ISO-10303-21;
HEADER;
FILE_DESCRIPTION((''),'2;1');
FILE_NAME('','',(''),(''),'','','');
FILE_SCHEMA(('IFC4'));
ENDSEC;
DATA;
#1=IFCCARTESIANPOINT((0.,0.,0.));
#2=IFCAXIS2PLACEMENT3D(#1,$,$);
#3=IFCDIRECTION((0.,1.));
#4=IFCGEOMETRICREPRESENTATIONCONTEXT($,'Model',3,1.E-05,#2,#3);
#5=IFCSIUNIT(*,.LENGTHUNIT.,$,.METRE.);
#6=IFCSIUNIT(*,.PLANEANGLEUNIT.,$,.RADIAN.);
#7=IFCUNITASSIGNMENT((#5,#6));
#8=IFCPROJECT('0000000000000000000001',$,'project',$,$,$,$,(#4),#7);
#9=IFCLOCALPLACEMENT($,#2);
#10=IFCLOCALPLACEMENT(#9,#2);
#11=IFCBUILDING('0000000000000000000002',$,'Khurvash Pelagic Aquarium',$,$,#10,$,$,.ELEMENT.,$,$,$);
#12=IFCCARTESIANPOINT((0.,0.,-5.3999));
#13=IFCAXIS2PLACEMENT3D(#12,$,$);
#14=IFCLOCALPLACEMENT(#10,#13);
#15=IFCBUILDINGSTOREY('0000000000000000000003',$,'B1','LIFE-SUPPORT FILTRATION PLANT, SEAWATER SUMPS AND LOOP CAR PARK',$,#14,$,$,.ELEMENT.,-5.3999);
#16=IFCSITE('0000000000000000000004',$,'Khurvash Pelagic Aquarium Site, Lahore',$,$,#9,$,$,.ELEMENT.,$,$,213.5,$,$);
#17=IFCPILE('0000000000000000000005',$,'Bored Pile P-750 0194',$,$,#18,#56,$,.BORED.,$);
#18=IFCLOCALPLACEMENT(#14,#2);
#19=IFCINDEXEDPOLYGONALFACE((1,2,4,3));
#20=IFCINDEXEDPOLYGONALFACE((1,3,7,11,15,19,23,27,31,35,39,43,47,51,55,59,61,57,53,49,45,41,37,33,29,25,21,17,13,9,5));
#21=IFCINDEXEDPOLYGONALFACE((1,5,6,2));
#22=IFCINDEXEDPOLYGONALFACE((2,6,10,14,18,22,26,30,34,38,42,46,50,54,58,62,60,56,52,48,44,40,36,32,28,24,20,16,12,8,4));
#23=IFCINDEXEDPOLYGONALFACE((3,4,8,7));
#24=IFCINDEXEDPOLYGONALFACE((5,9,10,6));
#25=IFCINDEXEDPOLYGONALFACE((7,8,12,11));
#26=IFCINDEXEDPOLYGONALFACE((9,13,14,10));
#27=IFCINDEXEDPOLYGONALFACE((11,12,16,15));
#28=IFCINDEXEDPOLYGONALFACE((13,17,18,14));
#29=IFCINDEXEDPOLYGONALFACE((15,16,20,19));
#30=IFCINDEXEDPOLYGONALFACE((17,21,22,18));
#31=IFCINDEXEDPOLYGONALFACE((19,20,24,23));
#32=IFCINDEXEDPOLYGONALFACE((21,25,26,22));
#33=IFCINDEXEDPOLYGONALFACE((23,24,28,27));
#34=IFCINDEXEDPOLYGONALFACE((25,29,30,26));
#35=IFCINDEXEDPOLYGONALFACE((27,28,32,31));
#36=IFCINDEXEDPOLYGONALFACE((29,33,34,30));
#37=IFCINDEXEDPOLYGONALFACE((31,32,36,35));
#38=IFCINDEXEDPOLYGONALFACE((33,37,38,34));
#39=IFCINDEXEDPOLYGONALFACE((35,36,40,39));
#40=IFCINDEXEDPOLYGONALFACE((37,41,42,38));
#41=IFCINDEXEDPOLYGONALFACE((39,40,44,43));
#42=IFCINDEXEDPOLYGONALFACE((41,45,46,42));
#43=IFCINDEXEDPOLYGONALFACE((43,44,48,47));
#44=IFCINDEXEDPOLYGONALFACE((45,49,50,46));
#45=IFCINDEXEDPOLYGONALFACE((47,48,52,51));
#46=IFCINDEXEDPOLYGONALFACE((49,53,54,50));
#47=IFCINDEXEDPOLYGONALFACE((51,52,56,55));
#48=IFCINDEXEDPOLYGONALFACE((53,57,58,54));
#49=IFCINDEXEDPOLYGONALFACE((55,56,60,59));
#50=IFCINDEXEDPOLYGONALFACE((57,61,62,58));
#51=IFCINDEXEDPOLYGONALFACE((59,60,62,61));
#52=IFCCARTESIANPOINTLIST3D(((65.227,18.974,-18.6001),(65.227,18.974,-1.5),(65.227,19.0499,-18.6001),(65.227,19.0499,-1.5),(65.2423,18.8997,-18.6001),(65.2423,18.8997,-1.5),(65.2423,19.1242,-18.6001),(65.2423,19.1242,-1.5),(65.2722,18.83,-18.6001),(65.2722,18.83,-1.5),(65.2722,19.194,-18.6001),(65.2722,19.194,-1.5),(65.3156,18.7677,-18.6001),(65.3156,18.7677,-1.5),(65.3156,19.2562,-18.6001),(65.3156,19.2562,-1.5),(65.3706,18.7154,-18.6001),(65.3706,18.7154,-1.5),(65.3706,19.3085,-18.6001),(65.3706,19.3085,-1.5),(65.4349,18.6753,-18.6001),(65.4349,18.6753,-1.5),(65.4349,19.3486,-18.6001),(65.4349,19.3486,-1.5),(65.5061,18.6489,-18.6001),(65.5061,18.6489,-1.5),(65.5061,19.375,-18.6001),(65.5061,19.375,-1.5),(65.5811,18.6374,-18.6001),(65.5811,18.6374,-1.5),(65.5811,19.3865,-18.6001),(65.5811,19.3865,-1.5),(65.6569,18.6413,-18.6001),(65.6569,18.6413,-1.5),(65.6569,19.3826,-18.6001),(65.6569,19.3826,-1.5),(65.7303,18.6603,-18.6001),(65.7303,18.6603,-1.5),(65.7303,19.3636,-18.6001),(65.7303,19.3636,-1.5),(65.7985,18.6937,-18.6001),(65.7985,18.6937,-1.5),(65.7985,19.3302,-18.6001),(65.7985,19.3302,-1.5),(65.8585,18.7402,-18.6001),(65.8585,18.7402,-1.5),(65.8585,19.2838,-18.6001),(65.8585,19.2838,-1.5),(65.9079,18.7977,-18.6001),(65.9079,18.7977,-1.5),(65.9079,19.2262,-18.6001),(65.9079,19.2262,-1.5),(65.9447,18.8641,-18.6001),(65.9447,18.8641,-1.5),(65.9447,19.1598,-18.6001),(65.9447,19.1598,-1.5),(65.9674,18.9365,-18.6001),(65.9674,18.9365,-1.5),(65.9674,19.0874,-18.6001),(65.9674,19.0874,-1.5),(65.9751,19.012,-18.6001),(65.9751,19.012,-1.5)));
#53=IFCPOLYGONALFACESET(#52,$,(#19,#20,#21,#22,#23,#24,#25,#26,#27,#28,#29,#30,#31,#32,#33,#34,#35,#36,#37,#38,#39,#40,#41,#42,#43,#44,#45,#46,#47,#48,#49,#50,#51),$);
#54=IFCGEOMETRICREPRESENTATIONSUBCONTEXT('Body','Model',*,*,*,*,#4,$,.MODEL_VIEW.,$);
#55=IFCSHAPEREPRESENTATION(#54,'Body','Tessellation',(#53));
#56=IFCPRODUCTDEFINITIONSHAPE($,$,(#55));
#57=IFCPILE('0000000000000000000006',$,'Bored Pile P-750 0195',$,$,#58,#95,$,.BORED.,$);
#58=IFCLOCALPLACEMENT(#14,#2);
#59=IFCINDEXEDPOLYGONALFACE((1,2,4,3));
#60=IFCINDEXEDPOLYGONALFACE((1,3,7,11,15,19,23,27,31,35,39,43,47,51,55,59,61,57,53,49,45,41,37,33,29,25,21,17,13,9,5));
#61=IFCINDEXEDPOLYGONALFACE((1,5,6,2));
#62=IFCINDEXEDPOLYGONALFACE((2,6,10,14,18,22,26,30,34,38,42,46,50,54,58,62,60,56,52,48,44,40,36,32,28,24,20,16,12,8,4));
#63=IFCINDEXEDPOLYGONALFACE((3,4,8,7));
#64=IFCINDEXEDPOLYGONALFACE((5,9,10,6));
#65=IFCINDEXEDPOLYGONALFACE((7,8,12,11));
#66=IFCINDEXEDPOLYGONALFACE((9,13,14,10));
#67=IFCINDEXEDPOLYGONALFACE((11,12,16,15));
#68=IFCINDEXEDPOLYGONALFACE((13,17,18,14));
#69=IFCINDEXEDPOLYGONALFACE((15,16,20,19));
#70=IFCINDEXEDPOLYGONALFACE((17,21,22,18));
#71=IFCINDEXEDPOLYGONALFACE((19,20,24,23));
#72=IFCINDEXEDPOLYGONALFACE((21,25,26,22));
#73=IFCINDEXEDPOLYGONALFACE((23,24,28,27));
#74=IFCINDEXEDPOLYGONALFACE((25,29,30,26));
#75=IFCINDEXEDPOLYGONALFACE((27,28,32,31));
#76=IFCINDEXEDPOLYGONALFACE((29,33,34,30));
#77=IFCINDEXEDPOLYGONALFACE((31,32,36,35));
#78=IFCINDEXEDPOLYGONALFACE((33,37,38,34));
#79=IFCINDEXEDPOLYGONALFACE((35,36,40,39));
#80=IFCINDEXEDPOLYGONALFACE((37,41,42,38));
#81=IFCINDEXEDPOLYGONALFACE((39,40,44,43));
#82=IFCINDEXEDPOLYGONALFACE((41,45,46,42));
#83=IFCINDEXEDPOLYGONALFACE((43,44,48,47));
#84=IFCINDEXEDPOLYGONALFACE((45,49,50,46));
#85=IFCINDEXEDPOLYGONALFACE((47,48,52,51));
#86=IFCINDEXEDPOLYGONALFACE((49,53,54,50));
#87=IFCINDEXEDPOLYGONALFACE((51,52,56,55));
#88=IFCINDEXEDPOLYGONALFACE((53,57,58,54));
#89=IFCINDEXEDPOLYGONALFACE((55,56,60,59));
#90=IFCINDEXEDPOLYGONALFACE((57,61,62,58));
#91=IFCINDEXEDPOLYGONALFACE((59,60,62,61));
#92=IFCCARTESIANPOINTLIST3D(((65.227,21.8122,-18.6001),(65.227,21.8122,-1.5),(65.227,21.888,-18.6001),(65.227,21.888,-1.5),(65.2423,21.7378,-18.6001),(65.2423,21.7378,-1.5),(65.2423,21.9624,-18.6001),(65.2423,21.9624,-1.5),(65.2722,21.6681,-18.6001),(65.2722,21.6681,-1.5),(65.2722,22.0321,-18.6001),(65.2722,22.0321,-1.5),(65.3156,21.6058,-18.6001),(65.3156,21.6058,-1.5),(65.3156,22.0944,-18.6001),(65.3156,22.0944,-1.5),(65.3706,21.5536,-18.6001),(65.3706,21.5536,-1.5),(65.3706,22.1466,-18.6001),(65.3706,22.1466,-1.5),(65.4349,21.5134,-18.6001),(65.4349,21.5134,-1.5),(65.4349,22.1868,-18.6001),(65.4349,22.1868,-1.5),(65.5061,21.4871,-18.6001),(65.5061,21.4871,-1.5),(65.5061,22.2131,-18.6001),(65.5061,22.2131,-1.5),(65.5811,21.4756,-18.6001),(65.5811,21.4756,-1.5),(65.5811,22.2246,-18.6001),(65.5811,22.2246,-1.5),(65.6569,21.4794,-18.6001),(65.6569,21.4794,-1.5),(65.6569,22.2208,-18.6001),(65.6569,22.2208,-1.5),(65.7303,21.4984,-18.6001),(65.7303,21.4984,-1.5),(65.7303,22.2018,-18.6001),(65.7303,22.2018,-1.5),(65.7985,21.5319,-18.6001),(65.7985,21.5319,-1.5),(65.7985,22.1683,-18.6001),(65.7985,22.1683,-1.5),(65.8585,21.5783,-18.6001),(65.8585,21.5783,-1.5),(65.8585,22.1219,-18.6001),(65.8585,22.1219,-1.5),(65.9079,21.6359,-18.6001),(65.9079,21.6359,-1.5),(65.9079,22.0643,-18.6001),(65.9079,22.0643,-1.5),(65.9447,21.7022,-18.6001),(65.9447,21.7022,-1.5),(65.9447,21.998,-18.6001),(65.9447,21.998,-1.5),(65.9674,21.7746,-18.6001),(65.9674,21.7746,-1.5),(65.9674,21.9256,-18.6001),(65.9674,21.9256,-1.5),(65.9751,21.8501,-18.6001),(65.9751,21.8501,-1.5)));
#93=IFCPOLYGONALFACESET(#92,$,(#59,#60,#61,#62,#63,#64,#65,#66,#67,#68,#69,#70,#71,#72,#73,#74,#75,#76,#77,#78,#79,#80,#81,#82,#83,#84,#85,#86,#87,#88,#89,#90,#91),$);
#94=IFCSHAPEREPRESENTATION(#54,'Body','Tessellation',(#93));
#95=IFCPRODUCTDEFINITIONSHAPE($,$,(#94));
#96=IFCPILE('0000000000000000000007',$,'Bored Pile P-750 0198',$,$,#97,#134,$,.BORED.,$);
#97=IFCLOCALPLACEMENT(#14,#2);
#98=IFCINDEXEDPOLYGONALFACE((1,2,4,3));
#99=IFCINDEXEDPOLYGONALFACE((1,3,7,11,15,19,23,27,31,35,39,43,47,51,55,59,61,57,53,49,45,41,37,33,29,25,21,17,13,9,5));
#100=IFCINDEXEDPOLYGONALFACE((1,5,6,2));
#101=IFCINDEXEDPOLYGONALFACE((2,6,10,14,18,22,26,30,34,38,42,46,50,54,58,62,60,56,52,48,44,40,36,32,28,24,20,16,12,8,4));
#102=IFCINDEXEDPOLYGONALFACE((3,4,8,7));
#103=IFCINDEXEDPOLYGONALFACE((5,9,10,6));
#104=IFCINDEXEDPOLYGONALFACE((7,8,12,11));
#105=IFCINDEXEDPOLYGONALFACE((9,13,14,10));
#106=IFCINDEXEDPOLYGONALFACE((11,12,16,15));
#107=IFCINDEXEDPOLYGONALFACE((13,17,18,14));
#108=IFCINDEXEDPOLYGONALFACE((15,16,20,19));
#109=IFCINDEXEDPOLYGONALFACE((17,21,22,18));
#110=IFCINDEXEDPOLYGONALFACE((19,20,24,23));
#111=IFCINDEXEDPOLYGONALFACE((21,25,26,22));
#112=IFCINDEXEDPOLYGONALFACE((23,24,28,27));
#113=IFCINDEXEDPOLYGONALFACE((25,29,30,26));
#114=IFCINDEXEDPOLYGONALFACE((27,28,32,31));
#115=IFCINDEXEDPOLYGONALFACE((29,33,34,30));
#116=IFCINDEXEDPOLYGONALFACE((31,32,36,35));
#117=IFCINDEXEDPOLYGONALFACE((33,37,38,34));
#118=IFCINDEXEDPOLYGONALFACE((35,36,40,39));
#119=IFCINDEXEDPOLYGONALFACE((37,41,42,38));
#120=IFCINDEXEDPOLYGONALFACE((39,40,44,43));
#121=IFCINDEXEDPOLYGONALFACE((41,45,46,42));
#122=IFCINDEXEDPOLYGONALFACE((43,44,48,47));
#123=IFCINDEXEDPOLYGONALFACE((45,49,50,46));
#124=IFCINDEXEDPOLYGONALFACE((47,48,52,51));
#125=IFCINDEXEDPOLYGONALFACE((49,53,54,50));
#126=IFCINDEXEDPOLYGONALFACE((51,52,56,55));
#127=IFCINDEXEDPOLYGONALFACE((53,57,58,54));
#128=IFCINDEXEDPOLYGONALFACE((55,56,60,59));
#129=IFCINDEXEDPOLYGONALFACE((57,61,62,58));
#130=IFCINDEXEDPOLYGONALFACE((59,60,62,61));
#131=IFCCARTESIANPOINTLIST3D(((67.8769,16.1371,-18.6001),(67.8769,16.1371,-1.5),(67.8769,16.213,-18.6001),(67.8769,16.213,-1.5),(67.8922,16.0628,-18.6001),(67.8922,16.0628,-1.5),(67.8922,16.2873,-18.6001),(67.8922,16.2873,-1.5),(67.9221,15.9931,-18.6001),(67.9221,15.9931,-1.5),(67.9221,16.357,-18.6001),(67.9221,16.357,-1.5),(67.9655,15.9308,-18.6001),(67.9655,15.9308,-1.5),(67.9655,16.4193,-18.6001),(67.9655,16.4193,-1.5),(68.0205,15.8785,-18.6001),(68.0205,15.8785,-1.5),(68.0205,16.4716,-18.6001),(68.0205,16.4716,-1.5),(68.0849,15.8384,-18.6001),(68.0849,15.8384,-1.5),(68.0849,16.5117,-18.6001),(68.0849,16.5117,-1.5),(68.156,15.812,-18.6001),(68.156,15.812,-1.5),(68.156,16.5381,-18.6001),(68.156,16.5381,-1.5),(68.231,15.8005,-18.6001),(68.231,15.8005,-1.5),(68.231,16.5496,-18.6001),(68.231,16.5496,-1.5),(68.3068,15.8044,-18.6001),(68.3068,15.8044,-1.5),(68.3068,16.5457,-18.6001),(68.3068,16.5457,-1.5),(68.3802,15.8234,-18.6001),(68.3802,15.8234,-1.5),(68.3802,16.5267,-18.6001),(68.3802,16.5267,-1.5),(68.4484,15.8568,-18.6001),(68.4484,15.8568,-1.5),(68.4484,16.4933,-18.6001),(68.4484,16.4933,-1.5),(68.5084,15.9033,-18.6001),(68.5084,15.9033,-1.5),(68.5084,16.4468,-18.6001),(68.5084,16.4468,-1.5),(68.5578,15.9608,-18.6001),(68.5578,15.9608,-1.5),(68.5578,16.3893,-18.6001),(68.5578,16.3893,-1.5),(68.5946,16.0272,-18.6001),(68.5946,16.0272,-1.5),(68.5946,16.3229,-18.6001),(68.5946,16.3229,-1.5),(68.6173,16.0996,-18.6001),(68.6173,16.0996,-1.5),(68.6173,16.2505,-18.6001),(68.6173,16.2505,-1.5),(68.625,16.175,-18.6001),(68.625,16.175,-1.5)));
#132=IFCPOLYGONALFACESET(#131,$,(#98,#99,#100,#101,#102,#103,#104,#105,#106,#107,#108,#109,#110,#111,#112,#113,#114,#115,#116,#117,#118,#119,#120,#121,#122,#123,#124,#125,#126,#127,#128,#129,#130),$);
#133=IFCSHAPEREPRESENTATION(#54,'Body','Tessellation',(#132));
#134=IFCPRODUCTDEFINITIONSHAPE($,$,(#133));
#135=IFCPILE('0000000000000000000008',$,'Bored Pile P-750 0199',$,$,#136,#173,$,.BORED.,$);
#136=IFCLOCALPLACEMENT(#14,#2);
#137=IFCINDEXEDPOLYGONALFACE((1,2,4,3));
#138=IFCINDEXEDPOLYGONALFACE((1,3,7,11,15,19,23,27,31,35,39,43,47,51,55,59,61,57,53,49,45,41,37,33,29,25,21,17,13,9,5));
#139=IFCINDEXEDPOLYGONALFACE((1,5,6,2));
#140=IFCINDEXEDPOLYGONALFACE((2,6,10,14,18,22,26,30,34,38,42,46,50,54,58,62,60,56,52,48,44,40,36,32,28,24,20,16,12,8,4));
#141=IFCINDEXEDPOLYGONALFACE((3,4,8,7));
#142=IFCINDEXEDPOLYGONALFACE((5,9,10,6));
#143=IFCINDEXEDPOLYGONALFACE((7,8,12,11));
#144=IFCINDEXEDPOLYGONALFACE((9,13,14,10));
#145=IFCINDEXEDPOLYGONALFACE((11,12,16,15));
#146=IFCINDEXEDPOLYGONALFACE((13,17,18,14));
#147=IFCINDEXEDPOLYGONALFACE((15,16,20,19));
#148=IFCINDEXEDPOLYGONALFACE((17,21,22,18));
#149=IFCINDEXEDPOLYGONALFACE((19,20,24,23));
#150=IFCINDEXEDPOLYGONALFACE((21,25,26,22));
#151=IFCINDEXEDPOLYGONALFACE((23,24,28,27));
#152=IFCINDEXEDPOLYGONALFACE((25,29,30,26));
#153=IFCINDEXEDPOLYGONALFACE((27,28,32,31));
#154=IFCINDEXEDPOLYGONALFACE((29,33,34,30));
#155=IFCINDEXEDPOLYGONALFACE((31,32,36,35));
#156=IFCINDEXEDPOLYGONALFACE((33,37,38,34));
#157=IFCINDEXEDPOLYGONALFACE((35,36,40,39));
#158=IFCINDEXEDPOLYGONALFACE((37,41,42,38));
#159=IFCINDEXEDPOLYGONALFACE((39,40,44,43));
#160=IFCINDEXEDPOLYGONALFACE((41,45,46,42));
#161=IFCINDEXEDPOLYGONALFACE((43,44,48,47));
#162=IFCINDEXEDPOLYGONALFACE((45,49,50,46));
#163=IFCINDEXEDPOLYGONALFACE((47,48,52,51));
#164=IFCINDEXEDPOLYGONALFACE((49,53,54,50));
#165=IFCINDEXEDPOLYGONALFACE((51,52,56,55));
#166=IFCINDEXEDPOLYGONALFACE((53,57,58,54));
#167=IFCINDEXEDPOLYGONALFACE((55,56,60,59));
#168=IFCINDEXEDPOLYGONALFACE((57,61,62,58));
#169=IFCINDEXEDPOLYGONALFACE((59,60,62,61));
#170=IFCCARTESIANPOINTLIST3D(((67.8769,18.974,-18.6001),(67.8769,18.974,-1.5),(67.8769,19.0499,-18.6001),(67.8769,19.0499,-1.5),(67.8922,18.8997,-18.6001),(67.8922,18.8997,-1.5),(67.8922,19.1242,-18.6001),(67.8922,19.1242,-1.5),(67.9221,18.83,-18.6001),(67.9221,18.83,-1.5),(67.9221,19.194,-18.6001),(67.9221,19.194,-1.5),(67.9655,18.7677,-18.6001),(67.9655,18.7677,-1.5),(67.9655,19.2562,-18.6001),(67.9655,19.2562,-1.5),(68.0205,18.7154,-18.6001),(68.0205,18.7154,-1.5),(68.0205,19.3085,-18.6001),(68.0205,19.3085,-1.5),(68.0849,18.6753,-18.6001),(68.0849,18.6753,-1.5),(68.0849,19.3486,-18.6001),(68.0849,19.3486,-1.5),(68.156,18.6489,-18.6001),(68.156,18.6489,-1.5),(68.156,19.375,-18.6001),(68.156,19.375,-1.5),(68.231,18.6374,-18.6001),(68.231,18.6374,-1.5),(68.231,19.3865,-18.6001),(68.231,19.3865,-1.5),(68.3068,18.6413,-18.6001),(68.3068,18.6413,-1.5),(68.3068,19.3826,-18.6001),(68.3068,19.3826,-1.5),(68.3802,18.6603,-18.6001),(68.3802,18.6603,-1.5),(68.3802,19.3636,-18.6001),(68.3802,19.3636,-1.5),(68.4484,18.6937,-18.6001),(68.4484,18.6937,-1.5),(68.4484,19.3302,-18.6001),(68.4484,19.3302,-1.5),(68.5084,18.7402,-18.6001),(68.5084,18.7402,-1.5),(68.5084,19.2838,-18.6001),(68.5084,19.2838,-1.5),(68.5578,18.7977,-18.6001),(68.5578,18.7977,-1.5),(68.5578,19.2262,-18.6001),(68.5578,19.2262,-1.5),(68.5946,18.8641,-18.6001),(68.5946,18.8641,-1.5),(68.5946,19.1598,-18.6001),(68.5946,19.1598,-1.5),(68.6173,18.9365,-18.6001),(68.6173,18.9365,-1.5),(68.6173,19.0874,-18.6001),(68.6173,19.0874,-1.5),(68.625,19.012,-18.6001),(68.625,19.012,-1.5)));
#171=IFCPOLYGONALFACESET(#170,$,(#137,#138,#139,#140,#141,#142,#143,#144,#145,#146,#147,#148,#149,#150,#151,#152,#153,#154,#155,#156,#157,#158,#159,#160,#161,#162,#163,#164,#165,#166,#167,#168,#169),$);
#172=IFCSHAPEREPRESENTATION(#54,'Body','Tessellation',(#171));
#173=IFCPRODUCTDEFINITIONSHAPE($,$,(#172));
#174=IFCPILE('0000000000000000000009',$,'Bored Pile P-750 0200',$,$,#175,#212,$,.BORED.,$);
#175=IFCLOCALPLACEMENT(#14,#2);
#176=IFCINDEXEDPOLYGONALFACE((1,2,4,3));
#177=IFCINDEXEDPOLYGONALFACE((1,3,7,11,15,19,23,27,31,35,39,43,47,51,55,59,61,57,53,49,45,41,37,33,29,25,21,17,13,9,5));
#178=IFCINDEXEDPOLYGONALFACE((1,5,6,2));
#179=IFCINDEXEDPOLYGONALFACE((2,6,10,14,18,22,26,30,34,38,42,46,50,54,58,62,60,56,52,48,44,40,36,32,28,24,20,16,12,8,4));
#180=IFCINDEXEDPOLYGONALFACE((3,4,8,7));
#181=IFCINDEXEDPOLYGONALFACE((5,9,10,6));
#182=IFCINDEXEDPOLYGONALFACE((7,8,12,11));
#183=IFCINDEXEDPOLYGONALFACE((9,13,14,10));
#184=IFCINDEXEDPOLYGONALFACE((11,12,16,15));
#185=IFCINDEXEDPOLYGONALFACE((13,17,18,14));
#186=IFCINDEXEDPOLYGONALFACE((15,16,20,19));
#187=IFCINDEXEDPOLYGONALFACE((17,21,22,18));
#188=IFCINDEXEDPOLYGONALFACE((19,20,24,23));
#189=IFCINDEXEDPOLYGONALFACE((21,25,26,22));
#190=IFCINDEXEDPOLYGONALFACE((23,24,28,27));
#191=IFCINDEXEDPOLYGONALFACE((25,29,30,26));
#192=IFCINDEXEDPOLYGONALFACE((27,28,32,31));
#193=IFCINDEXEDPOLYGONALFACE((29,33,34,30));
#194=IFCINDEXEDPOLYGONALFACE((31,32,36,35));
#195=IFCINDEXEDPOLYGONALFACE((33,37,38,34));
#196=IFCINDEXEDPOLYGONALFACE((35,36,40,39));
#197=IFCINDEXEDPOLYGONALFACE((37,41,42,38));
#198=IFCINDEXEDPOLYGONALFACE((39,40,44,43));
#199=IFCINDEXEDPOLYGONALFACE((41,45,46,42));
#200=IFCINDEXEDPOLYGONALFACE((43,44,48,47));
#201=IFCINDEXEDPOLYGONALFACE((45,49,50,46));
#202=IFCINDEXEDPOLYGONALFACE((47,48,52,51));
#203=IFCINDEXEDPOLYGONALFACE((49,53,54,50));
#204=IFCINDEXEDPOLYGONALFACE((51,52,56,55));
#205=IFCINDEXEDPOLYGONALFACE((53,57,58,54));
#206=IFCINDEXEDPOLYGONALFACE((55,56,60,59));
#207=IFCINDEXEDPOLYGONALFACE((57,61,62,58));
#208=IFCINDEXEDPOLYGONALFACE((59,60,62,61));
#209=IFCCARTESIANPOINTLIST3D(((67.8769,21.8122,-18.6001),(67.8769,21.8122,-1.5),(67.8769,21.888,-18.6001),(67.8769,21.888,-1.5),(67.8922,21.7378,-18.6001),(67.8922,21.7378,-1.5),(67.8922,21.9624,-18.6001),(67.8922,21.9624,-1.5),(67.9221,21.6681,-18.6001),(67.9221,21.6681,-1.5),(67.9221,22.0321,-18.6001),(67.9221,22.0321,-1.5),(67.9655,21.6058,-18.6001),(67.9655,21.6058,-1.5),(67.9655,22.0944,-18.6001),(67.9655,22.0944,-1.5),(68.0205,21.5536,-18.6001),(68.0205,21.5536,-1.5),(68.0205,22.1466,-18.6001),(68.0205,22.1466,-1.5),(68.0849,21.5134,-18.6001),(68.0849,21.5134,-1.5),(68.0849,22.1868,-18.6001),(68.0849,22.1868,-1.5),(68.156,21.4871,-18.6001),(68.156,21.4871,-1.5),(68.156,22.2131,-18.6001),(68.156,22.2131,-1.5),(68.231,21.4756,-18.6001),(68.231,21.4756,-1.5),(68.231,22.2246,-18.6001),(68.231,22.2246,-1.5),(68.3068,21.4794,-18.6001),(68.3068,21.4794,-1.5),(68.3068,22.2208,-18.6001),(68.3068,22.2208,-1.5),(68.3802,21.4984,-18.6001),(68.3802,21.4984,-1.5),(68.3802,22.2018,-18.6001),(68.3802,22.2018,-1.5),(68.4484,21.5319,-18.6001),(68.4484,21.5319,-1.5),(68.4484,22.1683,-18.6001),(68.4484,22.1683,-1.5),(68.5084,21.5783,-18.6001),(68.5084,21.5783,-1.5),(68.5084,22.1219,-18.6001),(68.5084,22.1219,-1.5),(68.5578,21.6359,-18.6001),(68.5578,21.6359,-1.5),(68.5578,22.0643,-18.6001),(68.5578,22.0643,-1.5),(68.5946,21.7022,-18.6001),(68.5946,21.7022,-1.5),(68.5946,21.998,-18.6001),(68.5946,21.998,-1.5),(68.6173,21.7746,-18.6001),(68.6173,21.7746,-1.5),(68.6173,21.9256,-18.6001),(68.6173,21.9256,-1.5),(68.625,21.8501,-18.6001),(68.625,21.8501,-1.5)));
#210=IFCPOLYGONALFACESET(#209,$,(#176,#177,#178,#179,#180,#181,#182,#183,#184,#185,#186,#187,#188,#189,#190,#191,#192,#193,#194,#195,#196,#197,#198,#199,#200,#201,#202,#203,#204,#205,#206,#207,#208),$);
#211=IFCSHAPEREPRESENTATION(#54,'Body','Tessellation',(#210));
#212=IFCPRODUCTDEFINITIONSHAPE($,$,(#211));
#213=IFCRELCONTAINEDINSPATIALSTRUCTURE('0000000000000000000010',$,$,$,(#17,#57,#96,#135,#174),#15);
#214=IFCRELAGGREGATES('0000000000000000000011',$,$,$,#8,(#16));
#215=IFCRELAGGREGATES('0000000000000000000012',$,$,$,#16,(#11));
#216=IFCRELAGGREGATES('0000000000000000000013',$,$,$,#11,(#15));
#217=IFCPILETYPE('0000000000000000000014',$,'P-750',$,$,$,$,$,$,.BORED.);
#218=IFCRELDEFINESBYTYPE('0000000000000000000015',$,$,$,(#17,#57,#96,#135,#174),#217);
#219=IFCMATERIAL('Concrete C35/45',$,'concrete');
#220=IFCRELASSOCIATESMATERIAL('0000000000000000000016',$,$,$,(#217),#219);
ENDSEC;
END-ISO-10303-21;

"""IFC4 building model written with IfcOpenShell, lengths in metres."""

from ifc_helpers import new_model, si_unit, direction, frame, origin, origin_2d, place, context, subcontext, project, spatial, circle, extrude, material, material_profile, profile_set, type_object, element, save


model = new_model("IFC4")

# Units and contexts
model_context = context("Model", 3, precision=1e-05, world=origin(), true_north=direction((0.0, 1.0)))
body_context = subcontext(model_context, "Body", "Model", "MODEL_VIEW")
ifc_project = project(units=[si_unit("LENGTHUNIT", "METRE"), si_unit("PLANEANGLEUNIT", "RADIAN")], contexts=[model_context])

# Site, building, storey
site_placement = place(None, origin())
site = spatial("IfcSite", under=ifc_project, at=site_placement, Name="Khurvash Pelagic Aquarium Site, Lahore", CompositionType="ELEMENT", RefElevation=213.5)
building_placement = place(site_placement, origin())
building = spatial("IfcBuilding", under=site, at=building_placement, Name="Khurvash Pelagic Aquarium", CompositionType="ELEMENT")
storey_placement = place(building_placement, frame((0.0, 0.0, -5.3999)))
storey = spatial("IfcBuildingStorey", under=building, at=storey_placement, Name="B1", Description="LIFE-SUPPORT FILTRATION PLANT, SEAWATER SUMPS AND LOOP CAR PARK", CompositionType="ELEMENT", Elevation=-5.3999)

# Shared definitions
ifc_material_1 = material(Name="Concrete C35/45", Category="concrete")

# Piles
ifc_material_profile_1 = material_profile(ifc_material_1, circle(Radius=0.375, at=origin_2d()), Name="PILE750")
ifc_profile_set_1 = profile_set([ifc_material_profile_1], Name="Concrete C35/45")
pile_type = type_object("IfcPileType", Name="P-750", PredefinedType="BORED", material=ifc_profile_set_1)
for number, where, z_axis, x_axis, name in (
    (1, (65.6001, 19.012, -1.5), (0.0, 0.0, -1.0), (1.0, 0.0, 0.0), "Bored Pile P-750 0194"),
    (2, (65.6001, 21.8501, -1.5), (0.0, 0.0, -1.0), (1.0, 0.0, 0.0), "Bored Pile P-750 0195"),
    (3, (68.25, 16.175, -1.5), (0.0, 0.0, -1.0), (1.0, 0.0, 0.0), "Bored Pile P-750 0198"),
    (4, (68.25, 19.012, -1.5), (0.0, 0.0, -1.0), (1.0, 0.0, 0.0), "Bored Pile P-750 0199"),
    (5, (68.25, 21.8501, -1.5), (0.0, 0.0, -1.0), (1.0, 0.0, 0.0), "Bored Pile P-750 0200"),
):
    element("IfcPile", number, at=place(storey_placement, frame(where, z_axis=z_axis, x_axis=x_axis)), inside=storey, type_object=pile_type, Name=name, PredefinedType="BORED", context=body_context, shape_type="SweptSolid", body=[
        extrude(circle(Radius=0.375, at=origin_2d()), origin(), (0.0, 0.0, 1.0), 17.1001),
    ])

save(model, "model.ifc")
